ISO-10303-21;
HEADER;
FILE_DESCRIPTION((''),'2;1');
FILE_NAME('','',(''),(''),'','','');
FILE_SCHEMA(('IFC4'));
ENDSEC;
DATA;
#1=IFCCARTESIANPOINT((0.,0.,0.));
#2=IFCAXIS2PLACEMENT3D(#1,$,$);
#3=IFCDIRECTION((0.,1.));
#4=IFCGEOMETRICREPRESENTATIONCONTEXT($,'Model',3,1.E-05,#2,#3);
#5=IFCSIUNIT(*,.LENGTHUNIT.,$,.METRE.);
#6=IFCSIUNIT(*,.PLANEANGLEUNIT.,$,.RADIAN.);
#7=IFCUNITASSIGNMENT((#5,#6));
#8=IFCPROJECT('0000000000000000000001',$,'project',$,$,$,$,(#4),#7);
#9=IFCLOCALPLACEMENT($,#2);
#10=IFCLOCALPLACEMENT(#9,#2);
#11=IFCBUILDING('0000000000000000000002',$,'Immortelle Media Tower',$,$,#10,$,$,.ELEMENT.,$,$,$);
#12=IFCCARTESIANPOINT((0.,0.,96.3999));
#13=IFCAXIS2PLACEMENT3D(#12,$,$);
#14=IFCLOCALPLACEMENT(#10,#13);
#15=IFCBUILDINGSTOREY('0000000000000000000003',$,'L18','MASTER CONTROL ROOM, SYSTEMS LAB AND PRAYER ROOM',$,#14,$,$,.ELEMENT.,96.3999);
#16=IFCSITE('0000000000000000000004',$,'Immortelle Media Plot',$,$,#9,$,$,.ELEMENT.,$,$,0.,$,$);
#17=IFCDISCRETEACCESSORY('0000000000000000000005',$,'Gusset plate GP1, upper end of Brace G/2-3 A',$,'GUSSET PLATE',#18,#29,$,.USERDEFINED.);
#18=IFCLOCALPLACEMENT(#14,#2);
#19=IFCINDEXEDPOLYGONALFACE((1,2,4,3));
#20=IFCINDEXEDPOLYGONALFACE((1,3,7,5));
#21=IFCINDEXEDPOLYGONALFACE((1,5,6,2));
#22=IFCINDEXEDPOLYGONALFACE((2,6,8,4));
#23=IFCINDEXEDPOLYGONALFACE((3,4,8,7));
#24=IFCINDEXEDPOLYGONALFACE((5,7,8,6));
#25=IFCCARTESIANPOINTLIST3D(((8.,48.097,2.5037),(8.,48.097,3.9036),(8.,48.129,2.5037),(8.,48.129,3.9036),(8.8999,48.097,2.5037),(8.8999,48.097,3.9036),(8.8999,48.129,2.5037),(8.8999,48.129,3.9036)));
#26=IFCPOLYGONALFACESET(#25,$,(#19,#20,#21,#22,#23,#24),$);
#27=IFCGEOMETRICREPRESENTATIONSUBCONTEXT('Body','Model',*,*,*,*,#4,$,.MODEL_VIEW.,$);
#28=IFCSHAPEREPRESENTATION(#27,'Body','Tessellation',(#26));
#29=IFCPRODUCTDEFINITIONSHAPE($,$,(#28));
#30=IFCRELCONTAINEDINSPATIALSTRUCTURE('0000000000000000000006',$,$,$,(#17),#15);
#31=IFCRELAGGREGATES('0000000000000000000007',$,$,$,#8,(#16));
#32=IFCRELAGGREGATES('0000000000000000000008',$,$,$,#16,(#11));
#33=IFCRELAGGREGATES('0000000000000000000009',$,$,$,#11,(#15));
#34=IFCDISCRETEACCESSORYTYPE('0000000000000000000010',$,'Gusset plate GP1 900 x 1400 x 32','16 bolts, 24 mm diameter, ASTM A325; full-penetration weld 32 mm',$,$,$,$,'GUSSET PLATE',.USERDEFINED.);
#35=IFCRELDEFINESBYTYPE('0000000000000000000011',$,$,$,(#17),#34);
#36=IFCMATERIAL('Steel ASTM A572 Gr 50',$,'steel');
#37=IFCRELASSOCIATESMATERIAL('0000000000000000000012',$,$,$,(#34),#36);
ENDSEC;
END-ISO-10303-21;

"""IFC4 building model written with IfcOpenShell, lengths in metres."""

from ifc_helpers import new_model, si_unit, direction, frame, origin, origin_2d, place, context, subcontext, project, spatial, rectangle, extrude, material, material_profile, profile_set, type_object, element, save


model = new_model("IFC4")

# Units and contexts
model_context = context("Model", 3, precision=1e-05, world=origin(), true_north=direction((0.0, 1.0)))
body_context = subcontext(model_context, "Body", "Model", "MODEL_VIEW")
ifc_project = project(units=[si_unit("LENGTHUNIT", "METRE"), si_unit("PLANEANGLEUNIT", "RADIAN")], contexts=[model_context])

# Site, building, storey
site_placement = place(None, origin())
site = spatial("IfcSite", under=ifc_project, at=site_placement, Name="Immortelle Media Plot", CompositionType="ELEMENT", RefElevation=0.0)
building_placement = place(site_placement, origin())
building = spatial("IfcBuilding", under=site, at=building_placement, Name="Immortelle Media Tower", CompositionType="ELEMENT")
storey_placement = place(building_placement, frame((0.0, 0.0, 96.3999)))
storey = spatial("IfcBuildingStorey", under=building, at=storey_placement, Name="L18", Description="MASTER CONTROL ROOM, SYSTEMS LAB AND PRAYER ROOM", CompositionType="ELEMENT", Elevation=96.3999)

# Discrete accessory
ifc_material_1 = material(Name="Steel ASTM A572 Gr 50", Category="steel")
ifc_material_profile_1 = material_profile(ifc_material_1, rectangle(XDim=0.032, YDim=1.3999, at=origin_2d()), Name="PL 32 x 1400")
ifc_profile_set_1 = profile_set([ifc_material_profile_1], Name="Steel ASTM A572 Gr 50")
discrete_accessory_type = type_object("IfcDiscreteAccessoryType", Name="Gusset plate GP1 900 x 1400 x 32", Description="16 bolts, 24 mm diameter, ASTM A325; full-penetration weld 32 mm", ElementType="GUSSET PLATE", PredefinedType="USERDEFINED", material=ifc_profile_set_1)
discrete_accessory_placement = place(storey_placement, frame((8.0, 48.113, 3.2036), z_axis=(1.0, 0.0, 0.0), x_axis=(0.0, 1.0, 0.0)))
element("IfcDiscreteAccessory", 1, at=discrete_accessory_placement, inside=storey, type_object=discrete_accessory_type, Name="Gusset plate GP1, upper end of Brace G/2-3 A", ObjectType="GUSSET PLATE", PredefinedType="USERDEFINED", context=body_context, shape_type="SweptSolid", body=[
    extrude(rectangle(XDim=0.032, YDim=1.3999, at=origin_2d()), origin(), (0.0, 0.0, 1.0), 0.8999),
])

save(model, "model.ifc")
